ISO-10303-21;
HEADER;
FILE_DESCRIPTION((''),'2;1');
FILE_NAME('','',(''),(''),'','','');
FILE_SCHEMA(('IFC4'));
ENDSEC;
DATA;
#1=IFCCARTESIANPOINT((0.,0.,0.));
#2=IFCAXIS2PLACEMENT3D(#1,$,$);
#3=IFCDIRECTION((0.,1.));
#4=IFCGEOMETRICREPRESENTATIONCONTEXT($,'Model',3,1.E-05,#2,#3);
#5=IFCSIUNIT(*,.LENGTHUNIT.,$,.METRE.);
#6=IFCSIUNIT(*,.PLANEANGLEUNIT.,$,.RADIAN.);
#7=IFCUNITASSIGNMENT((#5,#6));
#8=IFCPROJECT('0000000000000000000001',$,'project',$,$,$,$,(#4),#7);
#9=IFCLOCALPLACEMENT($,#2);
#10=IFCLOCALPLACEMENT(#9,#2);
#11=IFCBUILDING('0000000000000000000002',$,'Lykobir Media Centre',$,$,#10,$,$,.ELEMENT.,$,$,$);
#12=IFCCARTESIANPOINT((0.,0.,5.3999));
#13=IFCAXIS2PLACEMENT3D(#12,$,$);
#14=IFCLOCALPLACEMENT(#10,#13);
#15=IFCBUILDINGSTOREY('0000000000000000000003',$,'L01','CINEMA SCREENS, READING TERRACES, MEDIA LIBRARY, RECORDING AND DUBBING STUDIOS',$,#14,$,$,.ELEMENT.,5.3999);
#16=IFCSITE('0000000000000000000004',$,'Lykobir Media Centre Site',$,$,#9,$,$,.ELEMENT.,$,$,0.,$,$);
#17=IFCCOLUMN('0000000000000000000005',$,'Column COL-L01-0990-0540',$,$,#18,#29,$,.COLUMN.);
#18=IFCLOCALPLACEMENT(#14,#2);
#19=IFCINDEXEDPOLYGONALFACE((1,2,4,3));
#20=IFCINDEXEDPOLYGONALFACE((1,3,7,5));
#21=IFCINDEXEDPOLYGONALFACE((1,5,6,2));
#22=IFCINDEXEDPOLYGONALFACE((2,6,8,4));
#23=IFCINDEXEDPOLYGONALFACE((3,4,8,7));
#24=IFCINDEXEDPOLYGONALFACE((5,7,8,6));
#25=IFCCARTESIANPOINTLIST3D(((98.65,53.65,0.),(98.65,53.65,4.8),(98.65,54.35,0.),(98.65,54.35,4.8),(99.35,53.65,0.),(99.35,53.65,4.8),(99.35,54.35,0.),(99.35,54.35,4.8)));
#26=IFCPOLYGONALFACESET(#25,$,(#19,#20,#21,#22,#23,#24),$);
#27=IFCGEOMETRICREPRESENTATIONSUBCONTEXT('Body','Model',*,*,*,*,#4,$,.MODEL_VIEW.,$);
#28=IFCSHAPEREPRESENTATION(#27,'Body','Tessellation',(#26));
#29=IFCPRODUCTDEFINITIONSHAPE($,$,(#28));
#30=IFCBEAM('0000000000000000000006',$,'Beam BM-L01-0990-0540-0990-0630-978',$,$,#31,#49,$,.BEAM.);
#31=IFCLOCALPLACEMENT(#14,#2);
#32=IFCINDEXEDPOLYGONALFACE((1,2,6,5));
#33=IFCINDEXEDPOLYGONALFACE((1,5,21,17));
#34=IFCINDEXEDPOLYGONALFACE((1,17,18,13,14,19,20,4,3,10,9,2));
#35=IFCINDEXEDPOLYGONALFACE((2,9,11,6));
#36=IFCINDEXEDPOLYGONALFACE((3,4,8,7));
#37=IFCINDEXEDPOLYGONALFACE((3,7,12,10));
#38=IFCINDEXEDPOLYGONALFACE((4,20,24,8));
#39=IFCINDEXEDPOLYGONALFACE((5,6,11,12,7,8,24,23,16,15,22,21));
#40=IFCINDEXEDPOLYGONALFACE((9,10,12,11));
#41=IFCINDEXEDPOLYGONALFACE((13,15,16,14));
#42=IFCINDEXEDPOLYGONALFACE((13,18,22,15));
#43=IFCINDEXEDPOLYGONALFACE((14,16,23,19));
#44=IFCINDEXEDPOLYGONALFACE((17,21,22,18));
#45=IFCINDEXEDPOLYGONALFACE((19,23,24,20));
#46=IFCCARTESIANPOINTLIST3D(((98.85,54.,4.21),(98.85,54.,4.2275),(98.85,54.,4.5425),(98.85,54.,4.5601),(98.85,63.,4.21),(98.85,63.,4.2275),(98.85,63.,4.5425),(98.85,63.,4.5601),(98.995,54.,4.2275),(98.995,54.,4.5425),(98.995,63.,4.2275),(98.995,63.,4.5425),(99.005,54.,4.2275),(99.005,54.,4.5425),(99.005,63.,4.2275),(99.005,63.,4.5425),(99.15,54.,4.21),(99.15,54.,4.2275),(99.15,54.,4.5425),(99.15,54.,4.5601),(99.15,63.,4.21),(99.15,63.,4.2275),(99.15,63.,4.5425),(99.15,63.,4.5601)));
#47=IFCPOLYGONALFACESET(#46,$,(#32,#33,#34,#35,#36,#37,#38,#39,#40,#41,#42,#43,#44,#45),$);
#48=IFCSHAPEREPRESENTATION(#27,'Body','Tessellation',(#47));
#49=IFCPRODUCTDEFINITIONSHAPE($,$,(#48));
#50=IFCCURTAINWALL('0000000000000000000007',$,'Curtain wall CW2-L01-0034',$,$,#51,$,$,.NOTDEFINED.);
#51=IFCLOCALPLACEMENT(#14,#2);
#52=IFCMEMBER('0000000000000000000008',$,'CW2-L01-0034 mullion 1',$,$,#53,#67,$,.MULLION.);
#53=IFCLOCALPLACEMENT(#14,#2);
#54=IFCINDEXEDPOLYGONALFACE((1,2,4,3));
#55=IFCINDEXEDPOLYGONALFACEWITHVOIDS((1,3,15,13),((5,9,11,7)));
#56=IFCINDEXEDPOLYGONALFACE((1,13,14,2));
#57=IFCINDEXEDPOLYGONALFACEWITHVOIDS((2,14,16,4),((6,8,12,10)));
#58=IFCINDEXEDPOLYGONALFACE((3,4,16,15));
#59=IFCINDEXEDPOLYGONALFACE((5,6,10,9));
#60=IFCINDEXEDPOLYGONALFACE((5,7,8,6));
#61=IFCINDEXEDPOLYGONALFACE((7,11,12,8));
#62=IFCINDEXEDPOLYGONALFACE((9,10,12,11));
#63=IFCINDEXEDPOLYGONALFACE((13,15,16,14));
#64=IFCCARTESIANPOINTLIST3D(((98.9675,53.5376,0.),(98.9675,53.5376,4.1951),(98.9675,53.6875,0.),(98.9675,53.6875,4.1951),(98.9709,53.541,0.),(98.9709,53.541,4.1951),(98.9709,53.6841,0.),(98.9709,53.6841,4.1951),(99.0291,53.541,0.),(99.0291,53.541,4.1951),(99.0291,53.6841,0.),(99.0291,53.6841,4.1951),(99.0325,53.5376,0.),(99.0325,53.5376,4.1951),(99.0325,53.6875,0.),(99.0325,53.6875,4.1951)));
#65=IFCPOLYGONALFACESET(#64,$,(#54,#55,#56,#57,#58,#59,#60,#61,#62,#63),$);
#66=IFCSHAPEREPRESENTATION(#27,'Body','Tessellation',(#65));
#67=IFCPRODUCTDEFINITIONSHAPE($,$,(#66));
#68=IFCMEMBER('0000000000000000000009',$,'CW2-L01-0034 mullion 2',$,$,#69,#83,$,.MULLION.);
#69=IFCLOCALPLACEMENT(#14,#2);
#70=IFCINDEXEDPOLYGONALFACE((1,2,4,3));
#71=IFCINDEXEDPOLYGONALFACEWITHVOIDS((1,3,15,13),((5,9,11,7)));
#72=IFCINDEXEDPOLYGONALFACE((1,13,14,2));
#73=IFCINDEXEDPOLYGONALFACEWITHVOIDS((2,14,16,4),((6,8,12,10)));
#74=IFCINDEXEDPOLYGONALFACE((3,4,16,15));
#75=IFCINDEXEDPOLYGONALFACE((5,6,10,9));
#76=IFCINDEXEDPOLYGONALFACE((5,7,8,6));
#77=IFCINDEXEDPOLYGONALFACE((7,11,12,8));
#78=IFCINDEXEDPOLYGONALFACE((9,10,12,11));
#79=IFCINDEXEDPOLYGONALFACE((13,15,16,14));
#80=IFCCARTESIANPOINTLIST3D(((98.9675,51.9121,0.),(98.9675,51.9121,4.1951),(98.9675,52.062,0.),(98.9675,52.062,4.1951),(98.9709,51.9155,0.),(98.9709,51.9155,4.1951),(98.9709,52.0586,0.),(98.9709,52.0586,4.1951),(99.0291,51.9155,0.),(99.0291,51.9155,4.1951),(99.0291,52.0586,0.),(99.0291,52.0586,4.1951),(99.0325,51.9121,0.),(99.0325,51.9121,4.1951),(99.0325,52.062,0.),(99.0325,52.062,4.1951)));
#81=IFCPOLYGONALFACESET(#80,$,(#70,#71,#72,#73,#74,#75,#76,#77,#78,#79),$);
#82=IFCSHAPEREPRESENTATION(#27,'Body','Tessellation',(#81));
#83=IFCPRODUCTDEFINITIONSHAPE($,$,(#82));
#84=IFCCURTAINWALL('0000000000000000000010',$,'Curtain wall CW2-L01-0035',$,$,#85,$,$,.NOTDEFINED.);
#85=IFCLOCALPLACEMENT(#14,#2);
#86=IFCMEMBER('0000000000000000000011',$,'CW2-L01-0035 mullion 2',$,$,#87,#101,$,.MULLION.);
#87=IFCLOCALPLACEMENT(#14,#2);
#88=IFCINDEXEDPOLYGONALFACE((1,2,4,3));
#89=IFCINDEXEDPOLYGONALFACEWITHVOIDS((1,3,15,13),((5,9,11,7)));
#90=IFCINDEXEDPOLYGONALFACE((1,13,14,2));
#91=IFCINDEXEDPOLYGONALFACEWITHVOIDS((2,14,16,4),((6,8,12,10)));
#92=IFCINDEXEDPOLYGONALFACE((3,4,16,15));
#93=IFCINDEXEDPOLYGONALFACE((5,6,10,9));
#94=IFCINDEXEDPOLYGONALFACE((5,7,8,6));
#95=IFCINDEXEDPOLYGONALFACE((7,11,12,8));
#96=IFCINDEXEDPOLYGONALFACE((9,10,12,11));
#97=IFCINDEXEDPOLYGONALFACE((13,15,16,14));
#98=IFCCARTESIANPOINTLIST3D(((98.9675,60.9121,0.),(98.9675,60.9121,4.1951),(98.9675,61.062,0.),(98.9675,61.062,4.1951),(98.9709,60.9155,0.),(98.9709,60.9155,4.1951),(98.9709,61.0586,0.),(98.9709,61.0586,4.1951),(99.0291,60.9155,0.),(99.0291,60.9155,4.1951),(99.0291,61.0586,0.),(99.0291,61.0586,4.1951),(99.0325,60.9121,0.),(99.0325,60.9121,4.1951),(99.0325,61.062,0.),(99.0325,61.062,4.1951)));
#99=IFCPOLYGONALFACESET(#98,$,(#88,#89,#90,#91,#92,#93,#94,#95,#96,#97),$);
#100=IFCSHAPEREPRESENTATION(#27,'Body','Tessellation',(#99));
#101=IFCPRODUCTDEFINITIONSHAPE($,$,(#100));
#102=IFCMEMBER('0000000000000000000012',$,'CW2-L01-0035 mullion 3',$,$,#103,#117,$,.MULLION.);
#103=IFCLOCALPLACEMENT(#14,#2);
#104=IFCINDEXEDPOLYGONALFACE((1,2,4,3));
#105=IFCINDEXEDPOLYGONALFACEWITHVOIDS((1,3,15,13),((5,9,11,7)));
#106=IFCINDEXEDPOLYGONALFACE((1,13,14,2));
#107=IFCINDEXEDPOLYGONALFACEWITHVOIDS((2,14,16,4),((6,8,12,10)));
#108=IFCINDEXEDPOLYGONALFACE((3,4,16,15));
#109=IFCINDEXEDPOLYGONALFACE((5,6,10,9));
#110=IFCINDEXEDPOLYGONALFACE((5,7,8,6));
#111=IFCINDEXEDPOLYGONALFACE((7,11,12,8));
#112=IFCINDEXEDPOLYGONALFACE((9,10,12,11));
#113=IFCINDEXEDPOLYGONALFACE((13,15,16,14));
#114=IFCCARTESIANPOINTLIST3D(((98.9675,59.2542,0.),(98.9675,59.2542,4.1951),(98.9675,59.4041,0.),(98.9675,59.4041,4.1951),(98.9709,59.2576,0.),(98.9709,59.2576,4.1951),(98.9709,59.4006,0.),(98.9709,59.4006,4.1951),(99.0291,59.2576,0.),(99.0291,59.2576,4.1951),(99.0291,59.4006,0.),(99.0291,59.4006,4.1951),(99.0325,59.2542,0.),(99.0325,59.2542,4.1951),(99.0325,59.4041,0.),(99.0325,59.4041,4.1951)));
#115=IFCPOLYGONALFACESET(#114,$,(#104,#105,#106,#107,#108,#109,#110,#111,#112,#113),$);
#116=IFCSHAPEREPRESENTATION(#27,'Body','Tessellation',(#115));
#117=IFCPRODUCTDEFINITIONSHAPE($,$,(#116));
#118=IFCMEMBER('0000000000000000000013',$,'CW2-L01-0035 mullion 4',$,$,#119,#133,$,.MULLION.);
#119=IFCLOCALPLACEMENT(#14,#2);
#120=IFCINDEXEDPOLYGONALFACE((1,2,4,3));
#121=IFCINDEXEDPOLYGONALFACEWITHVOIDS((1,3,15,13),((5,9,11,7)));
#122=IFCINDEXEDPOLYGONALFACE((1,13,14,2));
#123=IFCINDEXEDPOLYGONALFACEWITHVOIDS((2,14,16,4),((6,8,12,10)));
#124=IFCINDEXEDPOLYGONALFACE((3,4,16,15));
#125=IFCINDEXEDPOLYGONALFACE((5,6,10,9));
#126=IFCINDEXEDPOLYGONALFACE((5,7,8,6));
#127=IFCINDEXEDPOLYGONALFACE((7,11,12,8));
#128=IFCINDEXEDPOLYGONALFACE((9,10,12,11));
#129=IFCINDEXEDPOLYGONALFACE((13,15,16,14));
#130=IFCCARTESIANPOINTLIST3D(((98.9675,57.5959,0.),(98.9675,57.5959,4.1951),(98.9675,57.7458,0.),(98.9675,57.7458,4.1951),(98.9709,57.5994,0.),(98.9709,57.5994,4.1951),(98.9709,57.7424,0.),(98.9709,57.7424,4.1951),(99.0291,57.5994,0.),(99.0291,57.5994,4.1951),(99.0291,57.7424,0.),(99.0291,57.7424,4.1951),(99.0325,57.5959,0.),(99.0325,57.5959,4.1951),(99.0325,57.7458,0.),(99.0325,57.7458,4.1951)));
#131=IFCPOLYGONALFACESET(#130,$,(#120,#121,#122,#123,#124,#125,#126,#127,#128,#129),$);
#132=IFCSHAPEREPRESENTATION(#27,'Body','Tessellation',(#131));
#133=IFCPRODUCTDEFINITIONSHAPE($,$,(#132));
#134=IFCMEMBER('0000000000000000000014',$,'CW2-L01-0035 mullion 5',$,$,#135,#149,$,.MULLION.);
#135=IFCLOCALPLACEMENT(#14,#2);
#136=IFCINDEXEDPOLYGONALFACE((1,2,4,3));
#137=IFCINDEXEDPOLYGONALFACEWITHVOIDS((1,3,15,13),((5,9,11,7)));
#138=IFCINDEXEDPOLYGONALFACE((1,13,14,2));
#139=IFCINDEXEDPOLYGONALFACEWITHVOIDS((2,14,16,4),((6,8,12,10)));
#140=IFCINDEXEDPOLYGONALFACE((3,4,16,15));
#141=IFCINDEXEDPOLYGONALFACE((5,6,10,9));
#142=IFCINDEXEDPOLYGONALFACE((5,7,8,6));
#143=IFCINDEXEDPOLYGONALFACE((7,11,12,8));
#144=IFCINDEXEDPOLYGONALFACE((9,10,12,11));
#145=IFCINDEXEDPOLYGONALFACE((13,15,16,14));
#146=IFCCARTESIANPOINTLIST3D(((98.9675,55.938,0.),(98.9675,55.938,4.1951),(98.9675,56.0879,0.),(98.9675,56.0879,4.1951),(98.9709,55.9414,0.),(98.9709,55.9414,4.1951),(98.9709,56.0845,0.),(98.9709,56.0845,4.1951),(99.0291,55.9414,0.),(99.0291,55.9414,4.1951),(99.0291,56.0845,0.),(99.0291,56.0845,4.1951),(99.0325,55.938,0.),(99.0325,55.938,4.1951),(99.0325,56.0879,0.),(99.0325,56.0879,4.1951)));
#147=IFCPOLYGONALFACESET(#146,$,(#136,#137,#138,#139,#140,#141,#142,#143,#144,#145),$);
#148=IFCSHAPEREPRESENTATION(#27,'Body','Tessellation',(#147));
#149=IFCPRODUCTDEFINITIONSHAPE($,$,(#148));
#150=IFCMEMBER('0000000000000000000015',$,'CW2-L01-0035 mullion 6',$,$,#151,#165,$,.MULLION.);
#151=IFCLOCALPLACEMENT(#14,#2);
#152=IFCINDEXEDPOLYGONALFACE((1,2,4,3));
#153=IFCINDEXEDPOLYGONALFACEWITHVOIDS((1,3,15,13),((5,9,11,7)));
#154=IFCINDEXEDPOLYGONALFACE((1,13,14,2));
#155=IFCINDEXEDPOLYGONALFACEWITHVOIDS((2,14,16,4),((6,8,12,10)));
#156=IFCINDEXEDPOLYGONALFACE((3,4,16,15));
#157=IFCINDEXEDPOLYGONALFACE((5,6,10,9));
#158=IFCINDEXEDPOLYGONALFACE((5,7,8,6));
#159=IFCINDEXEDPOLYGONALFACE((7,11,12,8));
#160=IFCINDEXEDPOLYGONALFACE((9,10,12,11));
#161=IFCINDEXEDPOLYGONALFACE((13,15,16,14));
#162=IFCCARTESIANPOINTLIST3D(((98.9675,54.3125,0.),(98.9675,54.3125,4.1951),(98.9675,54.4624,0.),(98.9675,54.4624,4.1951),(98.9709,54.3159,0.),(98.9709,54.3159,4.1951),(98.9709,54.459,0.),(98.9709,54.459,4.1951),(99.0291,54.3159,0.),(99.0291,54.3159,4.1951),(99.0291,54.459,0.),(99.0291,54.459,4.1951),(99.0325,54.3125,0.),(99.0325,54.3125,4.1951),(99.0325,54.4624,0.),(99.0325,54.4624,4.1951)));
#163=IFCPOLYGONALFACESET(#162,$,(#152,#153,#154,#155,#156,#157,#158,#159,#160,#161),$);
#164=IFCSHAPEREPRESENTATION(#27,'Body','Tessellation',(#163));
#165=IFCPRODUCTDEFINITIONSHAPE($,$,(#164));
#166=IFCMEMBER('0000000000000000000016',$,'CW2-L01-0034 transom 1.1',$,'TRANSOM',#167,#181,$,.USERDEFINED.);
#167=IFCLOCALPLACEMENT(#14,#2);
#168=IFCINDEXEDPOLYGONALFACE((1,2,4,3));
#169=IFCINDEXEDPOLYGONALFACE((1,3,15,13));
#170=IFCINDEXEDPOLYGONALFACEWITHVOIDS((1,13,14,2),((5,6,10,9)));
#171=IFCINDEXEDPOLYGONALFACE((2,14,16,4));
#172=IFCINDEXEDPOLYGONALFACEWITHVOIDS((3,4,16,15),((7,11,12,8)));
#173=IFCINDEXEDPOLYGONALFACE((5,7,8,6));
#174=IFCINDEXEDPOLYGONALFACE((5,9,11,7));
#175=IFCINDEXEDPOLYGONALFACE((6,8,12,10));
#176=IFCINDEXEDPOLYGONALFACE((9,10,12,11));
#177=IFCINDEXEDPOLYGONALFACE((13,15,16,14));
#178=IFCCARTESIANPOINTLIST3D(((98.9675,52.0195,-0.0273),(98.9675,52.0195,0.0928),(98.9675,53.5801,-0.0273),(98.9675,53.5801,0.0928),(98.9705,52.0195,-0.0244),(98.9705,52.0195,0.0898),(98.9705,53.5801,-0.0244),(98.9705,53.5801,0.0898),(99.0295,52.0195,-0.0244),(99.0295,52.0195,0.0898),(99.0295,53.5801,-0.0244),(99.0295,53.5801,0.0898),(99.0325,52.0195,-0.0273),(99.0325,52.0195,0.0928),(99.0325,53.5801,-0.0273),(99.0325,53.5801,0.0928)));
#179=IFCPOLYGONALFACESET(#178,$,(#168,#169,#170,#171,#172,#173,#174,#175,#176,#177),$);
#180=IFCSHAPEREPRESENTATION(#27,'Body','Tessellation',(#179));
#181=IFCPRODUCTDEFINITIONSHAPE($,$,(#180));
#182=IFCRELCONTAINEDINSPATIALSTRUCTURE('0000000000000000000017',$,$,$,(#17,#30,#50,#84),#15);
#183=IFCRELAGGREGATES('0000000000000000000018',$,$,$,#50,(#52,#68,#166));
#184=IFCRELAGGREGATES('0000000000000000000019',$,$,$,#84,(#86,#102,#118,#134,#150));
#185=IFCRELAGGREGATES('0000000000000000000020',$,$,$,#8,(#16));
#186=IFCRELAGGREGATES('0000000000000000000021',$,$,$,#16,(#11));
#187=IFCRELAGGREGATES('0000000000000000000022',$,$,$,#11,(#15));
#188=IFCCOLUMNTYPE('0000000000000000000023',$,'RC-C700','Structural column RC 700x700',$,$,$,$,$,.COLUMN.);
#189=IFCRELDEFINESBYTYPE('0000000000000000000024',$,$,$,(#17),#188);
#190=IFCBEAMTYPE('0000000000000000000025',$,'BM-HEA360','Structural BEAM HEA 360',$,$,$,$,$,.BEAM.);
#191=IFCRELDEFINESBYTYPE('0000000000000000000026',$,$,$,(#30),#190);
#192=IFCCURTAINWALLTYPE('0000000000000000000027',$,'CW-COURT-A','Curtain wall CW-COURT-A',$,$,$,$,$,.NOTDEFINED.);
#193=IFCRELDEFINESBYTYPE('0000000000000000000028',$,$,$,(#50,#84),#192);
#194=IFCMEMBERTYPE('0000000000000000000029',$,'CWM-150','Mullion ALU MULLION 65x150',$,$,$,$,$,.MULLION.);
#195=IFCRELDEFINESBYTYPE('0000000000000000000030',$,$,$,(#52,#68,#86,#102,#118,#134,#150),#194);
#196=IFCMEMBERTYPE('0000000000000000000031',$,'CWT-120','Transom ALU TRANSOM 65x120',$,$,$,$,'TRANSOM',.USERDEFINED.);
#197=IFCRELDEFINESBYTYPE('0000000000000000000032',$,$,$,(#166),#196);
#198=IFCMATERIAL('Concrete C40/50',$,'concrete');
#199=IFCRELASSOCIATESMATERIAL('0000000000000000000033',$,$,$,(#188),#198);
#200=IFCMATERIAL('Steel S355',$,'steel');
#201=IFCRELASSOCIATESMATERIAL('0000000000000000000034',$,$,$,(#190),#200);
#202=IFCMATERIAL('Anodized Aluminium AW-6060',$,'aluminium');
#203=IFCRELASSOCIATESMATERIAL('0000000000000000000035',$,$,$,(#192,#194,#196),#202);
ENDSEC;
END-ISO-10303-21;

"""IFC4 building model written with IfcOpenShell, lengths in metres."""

from ifc_helpers import new_model, si_unit, direction, frame, origin, origin_2d, place, context, subcontext, project, spatial, rectangle, hollow_rectangle, i_section, extrude, material, material_profile, profile_set, type_object, element, aggregate, save


model = new_model("IFC4")

# Units and contexts
model_context = context("Model", 3, precision=1e-05, world=origin(), true_north=direction((0.0, 1.0)))
body_context = subcontext(model_context, "Body", "Model", "MODEL_VIEW")
ifc_project = project(units=[si_unit("LENGTHUNIT", "METRE"), si_unit("PLANEANGLEUNIT", "RADIAN")], contexts=[model_context])

# Site, building, storey
site_placement = place(None, origin())
site = spatial("IfcSite", under=ifc_project, at=site_placement, Name="Lykobir Media Centre Site", CompositionType="ELEMENT", RefElevation=0.0)
building_placement = place(site_placement, origin())
building = spatial("IfcBuilding", under=site, at=building_placement, Name="Lykobir Media Centre", CompositionType="ELEMENT")
storey_placement = place(building_placement, frame((0.0, 0.0, 5.3999)))
storey = spatial("IfcBuildingStorey", under=building, at=storey_placement, Name="L01", Description="CINEMA SCREENS, READING TERRACES, MEDIA LIBRARY, RECORDING AND DUBBING STUDIOS", CompositionType="ELEMENT", Elevation=5.3999)

# Column
ifc_material_1 = material(Name="Concrete C40/50", Category="concrete")
ifc_material_profile_1 = material_profile(ifc_material_1, rectangle(XDim=0.7, YDim=0.7, at=origin_2d()), Name="RC 700x700")
ifc_profile_set_1 = profile_set([ifc_material_profile_1], Name="Concrete C40/50")
column_type = type_object("IfcColumnType", Name="RC-C700", Description="Structural column RC 700x700", PredefinedType="COLUMN", material=ifc_profile_set_1)
column_placement = place(storey_placement, frame((99.0, 54.0, 0.0), z_axis=(0.0, 0.0, 1.0), x_axis=(1.0, 0.0, 0.0)))
element("IfcColumn", 1, at=column_placement, inside=storey, type_object=column_type, Name="Column COL-L01-0990-0540", PredefinedType="COLUMN", context=body_context, shape_type="SweptSolid", body=[
    extrude(rectangle(XDim=0.7, YDim=0.7, at=origin_2d()), origin(), (0.0, 0.0, 1.0), 4.8),
])

# Beam
ifc_material_2 = material(Name="Steel S355", Category="steel")
ifc_material_profile_2 = material_profile(ifc_material_2, i_section(OverallWidth=0.3, OverallDepth=0.3501, WebThickness=0.01, FlangeThickness=0.0176, at=origin_2d()), Name="HEA 360")
ifc_profile_set_2 = profile_set([ifc_material_profile_2], Name="Steel S355")
beam_type = type_object("IfcBeamType", Name="BM-HEA360", Description="Structural BEAM HEA 360", PredefinedType="BEAM", material=ifc_profile_set_2)
beam_placement = place(storey_placement, frame((99.0, 54.0, 4.385), z_axis=(0.0, 1.0, 0.0), x_axis=(-1.0, 0.0, 0.0)))
element("IfcBeam", 2, at=beam_placement, inside=storey, type_object=beam_type, Name="Beam BM-L01-0990-0540-0990-0630-978", PredefinedType="BEAM", context=body_context, shape_type="SweptSolid", body=[
    extrude(i_section(OverallWidth=0.3, OverallDepth=0.3501, WebThickness=0.01, FlangeThickness=0.0176, at=origin_2d()), origin(), (0.0, 0.0, 1.0), 9.0),
])

# Curtain walls, members
ifc_material_3 = material(Name="Anodized Aluminium AW-6060", Category="aluminium")
curtain_wall_type = type_object("IfcCurtainWallType", Name="CW-COURT-A", Description="Curtain wall CW-COURT-A", PredefinedType="NOTDEFINED", material=ifc_material_3)
curtain_wall_1_placement = place(storey_placement, origin())
curtain_wall_1 = element("IfcCurtainWall", 3, at=curtain_wall_1_placement, inside=storey, type_object=curtain_wall_type, Name="Curtain wall CW2-L01-0034", PredefinedType="NOTDEFINED")
ifc_material_profile_3 = material_profile(ifc_material_3, hollow_rectangle(XDim=0.0649, YDim=0.1499, WallThickness=0.0034, at=origin_2d()), Name="ALU MULLION 65x150")
ifc_profile_set_3 = profile_set([ifc_material_profile_3], Name="Anodized Aluminium AW-6060")
member_type_1 = type_object("IfcMemberType", Name="CWM-150", Description="Mullion ALU MULLION 65x150", PredefinedType="MULLION", material=ifc_profile_set_3)
member_1_placement = place(storey_placement, frame((99.0, 53.6125, 0.0), z_axis=(0.0, 0.0, 1.0), x_axis=(1.0, 0.0, 0.0)))
member_1 = element("IfcMember", 4, at=member_1_placement, type_object=member_type_1, Name="CW2-L01-0034 mullion 1", PredefinedType="MULLION", context=body_context, shape_type="SweptSolid", body=[
    extrude(hollow_rectangle(XDim=0.0649, YDim=0.1499, WallThickness=0.0034, at=origin_2d()), origin(), (0.0, 0.0, 1.0), 4.1951),
])
member_2_placement = place(storey_placement, frame((99.0, 51.9871, 0.0), z_axis=(0.0, 0.0, 1.0), x_axis=(1.0, 0.0, 0.0)))
member_2 = element("IfcMember", 5, at=member_2_placement, type_object=member_type_1, Name="CW2-L01-0034 mullion 2", PredefinedType="MULLION", context=body_context, shape_type="SweptSolid", body=[
    extrude(hollow_rectangle(XDim=0.0649, YDim=0.1499, WallThickness=0.0034, at=origin_2d()), origin(), (0.0, 0.0, 1.0), 4.1951),
])
curtain_wall_2_placement = place(storey_placement, origin())
curtain_wall_2 = element("IfcCurtainWall", 6, at=curtain_wall_2_placement, inside=storey, type_object=curtain_wall_type, Name="Curtain wall CW2-L01-0035", PredefinedType="NOTDEFINED")
member_3_placement = place(storey_placement, frame((99.0, 60.9871, 0.0), z_axis=(0.0, 0.0, 1.0), x_axis=(1.0, 0.0, 0.0)))
member_3 = element("IfcMember", 7, at=member_3_placement, type_object=member_type_1, Name="CW2-L01-0035 mullion 2", PredefinedType="MULLION", context=body_context, shape_type="SweptSolid", body=[
    extrude(hollow_rectangle(XDim=0.0649, YDim=0.1499, WallThickness=0.0034, at=origin_2d()), origin(), (0.0, 0.0, 1.0), 4.1951),
])
member_4_placement = place(storey_placement, frame((99.0, 59.3291, 0.0), z_axis=(0.0, 0.0, 1.0), x_axis=(1.0, 0.0, 0.0)))
member_4 = element("IfcMember", 8, at=member_4_placement, type_object=member_type_1, Name="CW2-L01-0035 mullion 3", PredefinedType="MULLION", context=body_context, shape_type="SweptSolid", body=[
    extrude(hollow_rectangle(XDim=0.0649, YDim=0.1499, WallThickness=0.0034, at=origin_2d()), origin(), (0.0, 0.0, 1.0), 4.1951),
])
member_5_placement = place(storey_placement, frame((99.0, 57.6709, 0.0), z_axis=(0.0, 0.0, 1.0), x_axis=(1.0, 0.0, 0.0)))
member_5 = element("IfcMember", 9, at=member_5_placement, type_object=member_type_1, Name="CW2-L01-0035 mullion 4", PredefinedType="MULLION", context=body_context, shape_type="SweptSolid", body=[
    extrude(hollow_rectangle(XDim=0.0649, YDim=0.1499, WallThickness=0.0034, at=origin_2d()), origin(), (0.0, 0.0, 1.0), 4.1951),
])
member_6_placement = place(storey_placement, frame((99.0, 56.0129, 0.0), z_axis=(0.0, 0.0, 1.0), x_axis=(1.0, 0.0, 0.0)))
member_6 = element("IfcMember", 10, at=member_6_placement, type_object=member_type_1, Name="CW2-L01-0035 mullion 5", PredefinedType="MULLION", context=body_context, shape_type="SweptSolid", body=[
    extrude(hollow_rectangle(XDim=0.0649, YDim=0.1499, WallThickness=0.0034, at=origin_2d()), origin(), (0.0, 0.0, 1.0), 4.1951),
])
member_7_placement = place(storey_placement, frame((99.0, 54.3875, 0.0), z_axis=(0.0, 0.0, 1.0), x_axis=(1.0, 0.0, 0.0)))
member_7 = element("IfcMember", 11, at=member_7_placement, type_object=member_type_1, Name="CW2-L01-0035 mullion 6", PredefinedType="MULLION", context=body_context, shape_type="SweptSolid", body=[
    extrude(hollow_rectangle(XDim=0.0649, YDim=0.1499, WallThickness=0.0034, at=origin_2d()), origin(), (0.0, 0.0, 1.0), 4.1951),
])

# Member
ifc_material_profile_4 = material_profile(ifc_material_3, hollow_rectangle(XDim=0.0649, YDim=0.1201, WallThickness=0.0029, at=origin_2d()), Name="ALU TRANSOM 65x120")
ifc_profile_set_4 = profile_set([ifc_material_profile_4], Name="Anodized Aluminium AW-6060")
member_type_2 = type_object("IfcMemberType", Name="CWT-120", Description="Transom ALU TRANSOM 65x120", ElementType="TRANSOM", PredefinedType="USERDEFINED", material=ifc_profile_set_4)
member_8_placement = place(storey_placement, frame((99.0, 53.5801, 0.0327), z_axis=(0.0, -1.0, 0.0), x_axis=(1.0, 0.0, 0.0)))
member_8 = element("IfcMember", 12, at=member_8_placement, type_object=member_type_2, Name="CW2-L01-0034 transom 1.1", ObjectType="TRANSOM", PredefinedType="USERDEFINED", context=body_context, shape_type="SweptSolid", body=[
    extrude(hollow_rectangle(XDim=0.0649, YDim=0.1201, WallThickness=0.0029, at=origin_2d()), origin(), (0.0, 0.0, 1.0), 1.5605),
])

aggregate(curtain_wall_1, [member_1, member_2, member_8])
aggregate(curtain_wall_2, [member_3, member_4, member_5, member_6, member_7])

save(model, "model.ifc")
